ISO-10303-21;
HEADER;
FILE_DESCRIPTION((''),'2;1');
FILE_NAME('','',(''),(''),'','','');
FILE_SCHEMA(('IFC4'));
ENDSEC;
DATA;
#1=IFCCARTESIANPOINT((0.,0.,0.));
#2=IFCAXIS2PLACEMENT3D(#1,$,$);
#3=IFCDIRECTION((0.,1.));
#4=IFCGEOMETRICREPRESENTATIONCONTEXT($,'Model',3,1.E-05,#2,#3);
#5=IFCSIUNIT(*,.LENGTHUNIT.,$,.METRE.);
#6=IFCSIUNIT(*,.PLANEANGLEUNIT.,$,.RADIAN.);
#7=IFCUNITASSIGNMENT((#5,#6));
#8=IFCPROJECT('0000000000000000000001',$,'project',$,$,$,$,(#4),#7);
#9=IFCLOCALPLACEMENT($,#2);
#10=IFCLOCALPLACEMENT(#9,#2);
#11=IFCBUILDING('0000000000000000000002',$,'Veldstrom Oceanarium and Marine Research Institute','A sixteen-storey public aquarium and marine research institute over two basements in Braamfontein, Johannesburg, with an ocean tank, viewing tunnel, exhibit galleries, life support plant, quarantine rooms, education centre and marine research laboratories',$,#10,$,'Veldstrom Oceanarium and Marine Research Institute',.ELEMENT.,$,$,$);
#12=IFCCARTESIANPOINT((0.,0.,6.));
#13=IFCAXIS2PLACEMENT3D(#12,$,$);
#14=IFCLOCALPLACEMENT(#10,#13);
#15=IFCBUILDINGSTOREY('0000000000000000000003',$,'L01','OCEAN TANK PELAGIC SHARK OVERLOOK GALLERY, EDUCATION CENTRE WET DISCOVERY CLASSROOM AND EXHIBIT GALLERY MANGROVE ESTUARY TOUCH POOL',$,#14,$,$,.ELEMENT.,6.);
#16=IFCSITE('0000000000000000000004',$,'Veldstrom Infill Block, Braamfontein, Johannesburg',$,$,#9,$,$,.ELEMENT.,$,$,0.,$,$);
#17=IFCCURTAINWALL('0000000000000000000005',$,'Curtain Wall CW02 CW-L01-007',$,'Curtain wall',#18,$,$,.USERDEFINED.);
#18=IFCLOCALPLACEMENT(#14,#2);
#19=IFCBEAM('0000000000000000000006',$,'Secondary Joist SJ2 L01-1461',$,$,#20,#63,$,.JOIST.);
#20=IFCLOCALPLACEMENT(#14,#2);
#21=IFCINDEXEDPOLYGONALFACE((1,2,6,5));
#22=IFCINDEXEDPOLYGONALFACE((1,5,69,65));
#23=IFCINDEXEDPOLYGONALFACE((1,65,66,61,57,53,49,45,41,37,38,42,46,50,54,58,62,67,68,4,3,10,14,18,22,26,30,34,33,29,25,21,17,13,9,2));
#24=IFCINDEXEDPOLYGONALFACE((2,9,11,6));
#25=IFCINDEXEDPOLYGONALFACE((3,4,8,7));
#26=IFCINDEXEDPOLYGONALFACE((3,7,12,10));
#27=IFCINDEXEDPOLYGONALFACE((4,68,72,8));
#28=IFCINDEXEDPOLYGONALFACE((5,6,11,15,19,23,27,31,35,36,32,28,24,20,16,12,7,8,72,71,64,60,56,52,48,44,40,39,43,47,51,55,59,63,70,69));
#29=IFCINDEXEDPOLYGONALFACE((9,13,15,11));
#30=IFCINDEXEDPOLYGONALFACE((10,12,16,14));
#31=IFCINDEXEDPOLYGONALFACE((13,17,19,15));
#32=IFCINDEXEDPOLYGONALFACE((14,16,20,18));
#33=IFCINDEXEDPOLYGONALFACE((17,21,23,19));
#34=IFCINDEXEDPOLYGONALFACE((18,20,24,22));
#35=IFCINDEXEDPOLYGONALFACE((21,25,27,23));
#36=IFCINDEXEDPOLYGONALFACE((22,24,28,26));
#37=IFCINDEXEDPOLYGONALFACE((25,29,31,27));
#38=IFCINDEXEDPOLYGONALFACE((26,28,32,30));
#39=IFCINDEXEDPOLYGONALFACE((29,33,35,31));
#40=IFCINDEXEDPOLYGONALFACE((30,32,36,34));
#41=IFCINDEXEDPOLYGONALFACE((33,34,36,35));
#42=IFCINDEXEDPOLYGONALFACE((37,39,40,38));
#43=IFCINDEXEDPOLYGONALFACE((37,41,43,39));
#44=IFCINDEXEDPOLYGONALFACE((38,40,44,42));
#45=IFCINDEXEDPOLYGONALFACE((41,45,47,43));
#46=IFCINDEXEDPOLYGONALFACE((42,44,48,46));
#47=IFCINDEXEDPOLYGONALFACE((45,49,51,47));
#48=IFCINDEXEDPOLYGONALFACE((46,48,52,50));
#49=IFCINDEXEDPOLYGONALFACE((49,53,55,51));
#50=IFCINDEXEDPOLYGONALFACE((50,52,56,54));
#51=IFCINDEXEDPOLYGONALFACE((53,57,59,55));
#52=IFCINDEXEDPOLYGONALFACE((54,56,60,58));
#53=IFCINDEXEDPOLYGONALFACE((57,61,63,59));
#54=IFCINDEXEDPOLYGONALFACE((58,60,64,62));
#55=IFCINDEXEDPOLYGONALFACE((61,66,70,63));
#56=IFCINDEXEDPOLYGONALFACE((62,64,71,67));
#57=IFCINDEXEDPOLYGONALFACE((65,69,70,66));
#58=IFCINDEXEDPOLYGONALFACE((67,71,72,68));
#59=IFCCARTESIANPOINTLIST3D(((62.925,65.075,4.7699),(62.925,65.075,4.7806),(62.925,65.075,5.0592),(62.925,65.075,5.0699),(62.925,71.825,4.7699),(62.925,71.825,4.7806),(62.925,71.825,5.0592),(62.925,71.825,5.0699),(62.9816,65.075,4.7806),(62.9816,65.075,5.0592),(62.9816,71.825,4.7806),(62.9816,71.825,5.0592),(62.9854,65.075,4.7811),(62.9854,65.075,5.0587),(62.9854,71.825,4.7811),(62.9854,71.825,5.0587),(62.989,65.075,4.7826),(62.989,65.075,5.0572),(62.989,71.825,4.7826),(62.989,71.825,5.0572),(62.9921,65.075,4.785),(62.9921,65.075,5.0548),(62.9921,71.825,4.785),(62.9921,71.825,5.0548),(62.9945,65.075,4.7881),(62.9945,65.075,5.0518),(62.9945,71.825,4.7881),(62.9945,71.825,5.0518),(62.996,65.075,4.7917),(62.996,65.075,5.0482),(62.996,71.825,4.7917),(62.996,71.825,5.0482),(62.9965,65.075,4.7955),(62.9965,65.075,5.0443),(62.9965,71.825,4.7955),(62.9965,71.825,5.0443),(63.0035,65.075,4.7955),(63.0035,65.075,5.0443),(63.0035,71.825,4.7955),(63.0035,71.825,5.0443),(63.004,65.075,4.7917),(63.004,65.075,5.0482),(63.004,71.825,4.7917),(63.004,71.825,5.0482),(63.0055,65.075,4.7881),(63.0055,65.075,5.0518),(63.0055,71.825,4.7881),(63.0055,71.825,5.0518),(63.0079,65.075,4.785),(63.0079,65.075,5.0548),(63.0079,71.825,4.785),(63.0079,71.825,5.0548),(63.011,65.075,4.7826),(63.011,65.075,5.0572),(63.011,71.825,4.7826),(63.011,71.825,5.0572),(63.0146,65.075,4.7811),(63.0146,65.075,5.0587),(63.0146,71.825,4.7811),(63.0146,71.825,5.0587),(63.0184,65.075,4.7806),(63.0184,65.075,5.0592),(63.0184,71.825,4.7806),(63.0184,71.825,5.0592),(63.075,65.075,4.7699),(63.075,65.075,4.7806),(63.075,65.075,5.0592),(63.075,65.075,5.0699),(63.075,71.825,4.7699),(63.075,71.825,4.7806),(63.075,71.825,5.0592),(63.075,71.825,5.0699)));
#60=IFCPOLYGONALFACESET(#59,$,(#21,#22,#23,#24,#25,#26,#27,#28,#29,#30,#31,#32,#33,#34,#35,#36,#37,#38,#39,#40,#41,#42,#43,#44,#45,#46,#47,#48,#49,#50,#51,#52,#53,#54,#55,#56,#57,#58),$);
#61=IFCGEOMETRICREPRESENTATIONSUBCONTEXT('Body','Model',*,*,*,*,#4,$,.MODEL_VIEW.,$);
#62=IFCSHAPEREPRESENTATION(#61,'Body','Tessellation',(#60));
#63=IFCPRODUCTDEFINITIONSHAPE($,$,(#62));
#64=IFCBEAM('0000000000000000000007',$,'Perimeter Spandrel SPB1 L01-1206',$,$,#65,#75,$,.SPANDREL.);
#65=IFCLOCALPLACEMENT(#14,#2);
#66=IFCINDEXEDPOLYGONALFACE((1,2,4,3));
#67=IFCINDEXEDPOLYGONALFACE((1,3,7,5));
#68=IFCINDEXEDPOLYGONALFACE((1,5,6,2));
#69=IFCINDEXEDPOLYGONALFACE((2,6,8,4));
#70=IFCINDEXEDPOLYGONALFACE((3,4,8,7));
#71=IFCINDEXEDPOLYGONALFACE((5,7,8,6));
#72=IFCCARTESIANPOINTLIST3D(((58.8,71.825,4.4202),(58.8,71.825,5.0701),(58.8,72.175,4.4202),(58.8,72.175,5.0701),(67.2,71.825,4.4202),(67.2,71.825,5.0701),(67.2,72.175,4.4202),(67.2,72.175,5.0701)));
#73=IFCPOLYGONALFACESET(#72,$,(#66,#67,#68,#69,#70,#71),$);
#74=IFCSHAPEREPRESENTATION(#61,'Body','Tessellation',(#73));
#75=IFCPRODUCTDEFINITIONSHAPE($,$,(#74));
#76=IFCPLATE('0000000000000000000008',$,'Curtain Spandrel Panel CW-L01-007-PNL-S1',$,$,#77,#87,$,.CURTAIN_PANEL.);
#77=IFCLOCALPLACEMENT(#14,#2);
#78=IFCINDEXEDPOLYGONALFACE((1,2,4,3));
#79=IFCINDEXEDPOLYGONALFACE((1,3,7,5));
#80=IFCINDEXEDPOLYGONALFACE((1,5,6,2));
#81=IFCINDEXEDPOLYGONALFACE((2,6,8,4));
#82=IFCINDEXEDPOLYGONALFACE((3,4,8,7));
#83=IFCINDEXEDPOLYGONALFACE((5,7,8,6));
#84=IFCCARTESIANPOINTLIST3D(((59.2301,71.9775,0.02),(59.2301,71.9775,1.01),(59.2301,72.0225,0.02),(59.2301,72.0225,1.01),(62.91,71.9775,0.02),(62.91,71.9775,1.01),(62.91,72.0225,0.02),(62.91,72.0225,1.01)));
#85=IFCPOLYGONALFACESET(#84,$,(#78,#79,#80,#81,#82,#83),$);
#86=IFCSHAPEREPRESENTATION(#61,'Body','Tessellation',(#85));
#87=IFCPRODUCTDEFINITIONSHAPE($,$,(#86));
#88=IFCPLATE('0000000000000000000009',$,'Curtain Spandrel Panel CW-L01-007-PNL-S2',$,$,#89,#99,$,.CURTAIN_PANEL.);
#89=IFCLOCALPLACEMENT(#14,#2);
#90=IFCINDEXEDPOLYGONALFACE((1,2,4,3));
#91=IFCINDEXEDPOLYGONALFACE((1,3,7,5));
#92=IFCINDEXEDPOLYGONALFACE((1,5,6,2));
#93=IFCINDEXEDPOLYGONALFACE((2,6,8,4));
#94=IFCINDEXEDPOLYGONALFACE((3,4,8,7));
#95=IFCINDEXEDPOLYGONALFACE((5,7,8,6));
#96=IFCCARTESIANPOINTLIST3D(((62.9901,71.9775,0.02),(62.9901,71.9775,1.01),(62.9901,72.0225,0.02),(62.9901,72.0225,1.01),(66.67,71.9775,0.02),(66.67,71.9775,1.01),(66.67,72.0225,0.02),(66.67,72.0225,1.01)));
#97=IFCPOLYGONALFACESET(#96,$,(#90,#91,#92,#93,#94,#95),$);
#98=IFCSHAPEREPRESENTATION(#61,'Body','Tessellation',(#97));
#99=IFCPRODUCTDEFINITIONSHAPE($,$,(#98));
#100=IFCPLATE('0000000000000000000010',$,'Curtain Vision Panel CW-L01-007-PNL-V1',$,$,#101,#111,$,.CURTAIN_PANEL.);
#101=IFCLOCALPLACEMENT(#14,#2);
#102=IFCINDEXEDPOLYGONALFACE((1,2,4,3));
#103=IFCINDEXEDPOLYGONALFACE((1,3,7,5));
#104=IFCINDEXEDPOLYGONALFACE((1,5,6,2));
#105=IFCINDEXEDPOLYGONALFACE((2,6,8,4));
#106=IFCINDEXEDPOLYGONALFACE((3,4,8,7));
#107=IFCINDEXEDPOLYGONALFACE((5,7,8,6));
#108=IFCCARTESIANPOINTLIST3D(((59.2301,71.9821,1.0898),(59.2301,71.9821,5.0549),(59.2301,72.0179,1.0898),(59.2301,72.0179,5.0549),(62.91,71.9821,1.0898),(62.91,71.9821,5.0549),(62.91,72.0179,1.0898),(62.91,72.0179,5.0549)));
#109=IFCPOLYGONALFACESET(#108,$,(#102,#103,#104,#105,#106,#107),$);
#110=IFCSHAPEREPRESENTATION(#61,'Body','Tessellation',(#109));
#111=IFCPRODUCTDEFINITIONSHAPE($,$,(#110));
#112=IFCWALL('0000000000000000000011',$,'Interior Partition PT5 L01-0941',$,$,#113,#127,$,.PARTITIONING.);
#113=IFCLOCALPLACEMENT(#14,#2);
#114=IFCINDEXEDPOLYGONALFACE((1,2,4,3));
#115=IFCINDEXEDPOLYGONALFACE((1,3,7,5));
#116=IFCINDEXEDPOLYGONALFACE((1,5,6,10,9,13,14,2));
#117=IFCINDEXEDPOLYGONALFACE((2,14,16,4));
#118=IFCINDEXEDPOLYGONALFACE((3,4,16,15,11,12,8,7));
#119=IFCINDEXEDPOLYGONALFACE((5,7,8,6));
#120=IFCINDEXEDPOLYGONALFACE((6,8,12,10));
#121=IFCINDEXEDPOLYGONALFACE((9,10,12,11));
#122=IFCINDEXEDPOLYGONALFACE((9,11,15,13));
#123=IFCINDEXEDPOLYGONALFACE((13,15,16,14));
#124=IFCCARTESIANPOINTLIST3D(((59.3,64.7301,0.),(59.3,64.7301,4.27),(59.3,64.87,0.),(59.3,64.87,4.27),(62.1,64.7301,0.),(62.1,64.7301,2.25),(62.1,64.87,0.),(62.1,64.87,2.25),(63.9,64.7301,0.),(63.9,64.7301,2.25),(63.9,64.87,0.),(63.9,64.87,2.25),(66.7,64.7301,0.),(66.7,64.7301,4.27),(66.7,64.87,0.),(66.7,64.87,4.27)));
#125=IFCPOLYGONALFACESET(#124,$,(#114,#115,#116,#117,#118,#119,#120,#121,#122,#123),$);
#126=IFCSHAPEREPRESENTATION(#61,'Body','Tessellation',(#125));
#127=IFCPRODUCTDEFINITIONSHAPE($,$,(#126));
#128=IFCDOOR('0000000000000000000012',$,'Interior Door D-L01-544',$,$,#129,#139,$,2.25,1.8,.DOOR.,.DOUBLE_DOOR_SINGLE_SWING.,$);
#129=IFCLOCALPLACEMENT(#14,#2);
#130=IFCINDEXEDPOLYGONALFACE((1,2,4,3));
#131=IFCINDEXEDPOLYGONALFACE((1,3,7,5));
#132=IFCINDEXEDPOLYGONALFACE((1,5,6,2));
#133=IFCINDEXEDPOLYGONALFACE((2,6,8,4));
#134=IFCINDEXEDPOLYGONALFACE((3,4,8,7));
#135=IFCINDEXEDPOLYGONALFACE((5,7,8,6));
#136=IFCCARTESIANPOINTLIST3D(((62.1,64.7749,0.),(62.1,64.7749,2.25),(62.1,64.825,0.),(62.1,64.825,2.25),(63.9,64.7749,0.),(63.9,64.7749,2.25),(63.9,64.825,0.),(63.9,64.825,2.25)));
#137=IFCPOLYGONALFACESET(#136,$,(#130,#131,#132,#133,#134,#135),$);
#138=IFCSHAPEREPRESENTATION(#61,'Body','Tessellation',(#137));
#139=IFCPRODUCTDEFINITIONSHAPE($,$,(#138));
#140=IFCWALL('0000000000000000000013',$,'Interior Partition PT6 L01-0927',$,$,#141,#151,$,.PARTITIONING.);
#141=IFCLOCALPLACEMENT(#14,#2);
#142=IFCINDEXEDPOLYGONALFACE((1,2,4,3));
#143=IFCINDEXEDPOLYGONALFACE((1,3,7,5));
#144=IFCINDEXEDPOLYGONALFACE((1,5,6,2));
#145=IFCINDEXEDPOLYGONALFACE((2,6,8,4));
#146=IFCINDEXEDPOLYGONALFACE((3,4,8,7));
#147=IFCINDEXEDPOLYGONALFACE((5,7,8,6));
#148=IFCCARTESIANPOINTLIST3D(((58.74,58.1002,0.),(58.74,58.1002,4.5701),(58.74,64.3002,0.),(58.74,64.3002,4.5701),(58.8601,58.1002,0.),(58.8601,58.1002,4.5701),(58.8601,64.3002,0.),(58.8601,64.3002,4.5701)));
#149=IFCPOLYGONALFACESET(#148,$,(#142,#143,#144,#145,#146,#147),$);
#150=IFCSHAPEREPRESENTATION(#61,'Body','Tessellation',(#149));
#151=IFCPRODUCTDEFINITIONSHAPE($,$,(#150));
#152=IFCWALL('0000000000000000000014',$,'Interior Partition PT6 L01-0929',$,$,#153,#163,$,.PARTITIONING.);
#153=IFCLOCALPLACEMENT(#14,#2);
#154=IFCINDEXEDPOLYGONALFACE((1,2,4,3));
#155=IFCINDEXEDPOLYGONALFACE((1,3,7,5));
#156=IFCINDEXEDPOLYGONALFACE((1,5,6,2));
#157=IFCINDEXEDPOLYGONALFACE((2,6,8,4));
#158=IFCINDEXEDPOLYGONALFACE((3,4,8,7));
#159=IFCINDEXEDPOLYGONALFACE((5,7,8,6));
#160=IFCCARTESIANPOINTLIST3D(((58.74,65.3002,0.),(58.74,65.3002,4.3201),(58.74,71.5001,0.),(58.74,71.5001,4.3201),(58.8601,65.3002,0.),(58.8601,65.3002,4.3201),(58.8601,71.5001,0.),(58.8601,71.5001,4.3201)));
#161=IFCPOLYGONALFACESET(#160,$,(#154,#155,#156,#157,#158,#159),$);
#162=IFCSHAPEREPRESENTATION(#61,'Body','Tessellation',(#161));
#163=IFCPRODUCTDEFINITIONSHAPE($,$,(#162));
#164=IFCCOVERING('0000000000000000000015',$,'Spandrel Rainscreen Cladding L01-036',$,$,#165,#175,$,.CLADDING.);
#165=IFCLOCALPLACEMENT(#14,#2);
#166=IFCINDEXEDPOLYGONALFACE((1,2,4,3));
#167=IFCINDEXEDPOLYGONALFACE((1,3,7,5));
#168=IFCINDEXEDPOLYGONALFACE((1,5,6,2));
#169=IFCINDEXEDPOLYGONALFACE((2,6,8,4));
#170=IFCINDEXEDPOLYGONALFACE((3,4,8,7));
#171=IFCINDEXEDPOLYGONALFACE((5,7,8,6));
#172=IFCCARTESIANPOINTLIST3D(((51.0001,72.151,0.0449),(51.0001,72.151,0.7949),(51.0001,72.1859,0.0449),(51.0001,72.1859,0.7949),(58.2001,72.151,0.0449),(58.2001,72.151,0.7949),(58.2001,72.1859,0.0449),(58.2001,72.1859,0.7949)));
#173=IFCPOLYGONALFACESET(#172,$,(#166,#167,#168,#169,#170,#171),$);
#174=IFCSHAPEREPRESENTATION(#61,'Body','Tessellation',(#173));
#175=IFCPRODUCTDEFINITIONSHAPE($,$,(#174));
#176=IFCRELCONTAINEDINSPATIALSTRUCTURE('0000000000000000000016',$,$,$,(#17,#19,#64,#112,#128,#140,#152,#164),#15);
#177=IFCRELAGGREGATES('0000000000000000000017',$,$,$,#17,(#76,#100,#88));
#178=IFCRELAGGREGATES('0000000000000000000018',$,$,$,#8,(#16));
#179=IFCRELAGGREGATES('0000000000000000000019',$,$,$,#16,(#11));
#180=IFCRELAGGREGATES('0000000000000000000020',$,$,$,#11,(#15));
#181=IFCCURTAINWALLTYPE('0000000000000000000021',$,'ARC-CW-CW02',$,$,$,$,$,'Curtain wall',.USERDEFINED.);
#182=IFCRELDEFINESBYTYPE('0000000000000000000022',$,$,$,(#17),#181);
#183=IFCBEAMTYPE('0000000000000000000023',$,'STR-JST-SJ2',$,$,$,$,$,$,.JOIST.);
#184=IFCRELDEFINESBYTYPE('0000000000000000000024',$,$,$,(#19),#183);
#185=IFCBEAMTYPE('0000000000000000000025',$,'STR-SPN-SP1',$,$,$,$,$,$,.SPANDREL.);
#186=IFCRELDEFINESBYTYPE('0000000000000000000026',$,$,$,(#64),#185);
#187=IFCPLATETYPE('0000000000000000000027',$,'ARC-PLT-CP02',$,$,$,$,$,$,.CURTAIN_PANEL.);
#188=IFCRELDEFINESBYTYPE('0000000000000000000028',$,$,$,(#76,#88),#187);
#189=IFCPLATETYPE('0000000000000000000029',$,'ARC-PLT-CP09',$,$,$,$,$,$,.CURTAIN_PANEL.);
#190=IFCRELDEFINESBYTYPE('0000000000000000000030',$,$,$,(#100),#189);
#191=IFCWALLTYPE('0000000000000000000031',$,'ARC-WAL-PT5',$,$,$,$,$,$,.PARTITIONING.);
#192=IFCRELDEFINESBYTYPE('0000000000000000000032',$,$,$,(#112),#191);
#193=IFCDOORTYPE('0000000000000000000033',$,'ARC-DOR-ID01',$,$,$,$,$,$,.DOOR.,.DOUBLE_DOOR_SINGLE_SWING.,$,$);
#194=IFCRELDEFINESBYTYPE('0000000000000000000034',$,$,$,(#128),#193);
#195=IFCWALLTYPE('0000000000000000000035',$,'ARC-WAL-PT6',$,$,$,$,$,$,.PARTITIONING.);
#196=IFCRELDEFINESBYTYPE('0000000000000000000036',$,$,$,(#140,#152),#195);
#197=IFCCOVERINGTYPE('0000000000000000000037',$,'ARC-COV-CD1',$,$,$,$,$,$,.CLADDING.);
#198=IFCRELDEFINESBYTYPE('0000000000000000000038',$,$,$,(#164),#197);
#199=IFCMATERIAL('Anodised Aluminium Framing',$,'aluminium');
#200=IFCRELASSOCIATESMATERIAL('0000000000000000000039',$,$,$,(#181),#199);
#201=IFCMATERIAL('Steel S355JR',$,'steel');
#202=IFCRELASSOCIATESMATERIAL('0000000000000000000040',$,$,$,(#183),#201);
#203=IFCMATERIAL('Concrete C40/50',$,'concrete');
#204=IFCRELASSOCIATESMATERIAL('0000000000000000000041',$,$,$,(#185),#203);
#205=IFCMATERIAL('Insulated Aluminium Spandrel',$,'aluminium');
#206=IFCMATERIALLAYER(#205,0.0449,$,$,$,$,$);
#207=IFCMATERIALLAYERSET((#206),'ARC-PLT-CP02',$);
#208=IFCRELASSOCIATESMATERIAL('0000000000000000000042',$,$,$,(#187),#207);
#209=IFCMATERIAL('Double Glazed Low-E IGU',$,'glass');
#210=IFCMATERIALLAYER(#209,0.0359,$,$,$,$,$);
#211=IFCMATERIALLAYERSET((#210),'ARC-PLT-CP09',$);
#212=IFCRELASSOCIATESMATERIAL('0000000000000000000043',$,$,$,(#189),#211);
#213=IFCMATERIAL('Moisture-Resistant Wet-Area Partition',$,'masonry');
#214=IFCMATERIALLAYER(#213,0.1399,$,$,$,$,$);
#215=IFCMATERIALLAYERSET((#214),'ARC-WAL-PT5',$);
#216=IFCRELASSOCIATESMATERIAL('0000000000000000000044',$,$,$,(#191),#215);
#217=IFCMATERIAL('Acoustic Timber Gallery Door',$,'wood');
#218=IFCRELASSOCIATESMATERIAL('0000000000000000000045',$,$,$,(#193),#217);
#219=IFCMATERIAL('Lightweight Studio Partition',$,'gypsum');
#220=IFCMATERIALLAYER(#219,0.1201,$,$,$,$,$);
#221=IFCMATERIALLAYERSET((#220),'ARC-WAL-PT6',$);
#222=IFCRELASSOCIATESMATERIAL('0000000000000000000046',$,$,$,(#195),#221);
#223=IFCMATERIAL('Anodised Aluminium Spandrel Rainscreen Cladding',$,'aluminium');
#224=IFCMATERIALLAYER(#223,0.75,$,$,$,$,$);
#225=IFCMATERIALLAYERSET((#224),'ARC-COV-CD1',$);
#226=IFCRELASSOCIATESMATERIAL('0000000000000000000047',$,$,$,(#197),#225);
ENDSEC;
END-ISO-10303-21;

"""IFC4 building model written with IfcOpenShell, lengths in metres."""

from ifc_helpers import new_model, si_unit, direction, frame, frame_2d, origin, origin_2d, place, context, subcontext, project, spatial, rectangle, i_section, extrude, material, layer, layer_set, material_profile, profile_set, type_object, element, fill, aggregate, save


model = new_model("IFC4")

# Units and contexts
model_context = context("Model", 3, precision=1e-05, world=origin(), true_north=direction((0.0, 1.0)))
body_context = subcontext(model_context, "Body", "Model", "MODEL_VIEW")
ifc_project = project(units=[si_unit("LENGTHUNIT", "METRE"), si_unit("PLANEANGLEUNIT", "RADIAN")], contexts=[model_context])

# Site, building, storey
site_placement = place(None, origin())
site = spatial("IfcSite", under=ifc_project, at=site_placement, Name="Veldstrom Infill Block, Braamfontein, Johannesburg", CompositionType="ELEMENT", RefElevation=0.0)
building_placement = place(site_placement, origin())
building = spatial("IfcBuilding", under=site, at=building_placement, Name="Veldstrom Oceanarium and Marine Research Institute", Description="A sixteen-storey public aquarium and marine research institute over two basements in Braamfontein, Johannesburg, with an ocean tank, viewing tunnel, exhibit galleries, life support plant, quarantine rooms, education centre and marine research laboratories", LongName="Veldstrom Oceanarium and Marine Research Institute", CompositionType="ELEMENT")
storey_placement = place(building_placement, frame((0.0, 0.0, 6.0)))
storey = spatial("IfcBuildingStorey", under=building, at=storey_placement, Name="L01", Description="OCEAN TANK PELAGIC SHARK OVERLOOK GALLERY, EDUCATION CENTRE WET DISCOVERY CLASSROOM AND EXHIBIT GALLERY MANGROVE ESTUARY TOUCH POOL", CompositionType="ELEMENT", Elevation=6.0)

# Curtain wall
ifc_material_1 = material(Name="Anodised Aluminium Framing", Category="aluminium")
curtain_wall_type = type_object("IfcCurtainWallType", Name="ARC-CW-CW02", ElementType="Curtain wall", PredefinedType="USERDEFINED", material=ifc_material_1)
curtain_wall_placement = place(storey_placement, origin())
curtain_wall = element("IfcCurtainWall", 1, at=curtain_wall_placement, inside=storey, type_object=curtain_wall_type, Name="Curtain Wall CW02 CW-L01-007", ObjectType="Curtain wall", PredefinedType="USERDEFINED")

# Beams
ifc_material_2 = material(Name="Steel S355JR", Category="steel")
ifc_material_profile_1 = material_profile(ifc_material_2, i_section(OverallWidth=0.1499, OverallDepth=0.3, WebThickness=0.0071, FlangeThickness=0.0107, FilletRadius=0.0149, at=origin_2d()), Name="IPE 300")
ifc_profile_set_1 = profile_set([ifc_material_profile_1], Name="Steel S355JR")
beam_type_1 = type_object("IfcBeamType", Name="STR-JST-SJ2", PredefinedType="JOIST", material=ifc_profile_set_1)
beam_1_placement = place(storey_placement, frame((63.0, 65.075, 4.9199), z_axis=(0.0, 1.0, 0.0), x_axis=(-1.0, 0.0, 0.0)))
element("IfcBeam", 2, at=beam_1_placement, inside=storey, type_object=beam_type_1, Name="Secondary Joist SJ2 L01-1461", PredefinedType="JOIST", context=body_context, shape_type="SweptSolid", body=[
    extrude(i_section(OverallWidth=0.1499, OverallDepth=0.3, WebThickness=0.0071, FlangeThickness=0.0107, FilletRadius=0.0149, at=origin_2d()), origin(), (0.0, 0.0, 1.0), 6.75),
])
ifc_material_3 = material(Name="Concrete C40/50", Category="concrete")
ifc_material_profile_2 = material_profile(ifc_material_3, rectangle(XDim=0.3501, YDim=0.6499, at=origin_2d()), Name="RC-SPN-350x650")
ifc_profile_set_2 = profile_set([ifc_material_profile_2], Name="Concrete C40/50")
beam_type_2 = type_object("IfcBeamType", Name="STR-SPN-SP1", PredefinedType="SPANDREL", material=ifc_profile_set_2)
beam_2_placement = place(storey_placement, frame((58.8, 72.0, 4.7451), z_axis=(1.0, 0.0, 0.0), x_axis=(0.0, 1.0, 0.0)))
element("IfcBeam", 3, at=beam_2_placement, inside=storey, type_object=beam_type_2, Name="Perimeter Spandrel SPB1 L01-1206", PredefinedType="SPANDREL", context=body_context, shape_type="SweptSolid", body=[
    extrude(rectangle(XDim=0.3501, YDim=0.6499, at=origin_2d()), origin(), (0.0, 0.0, 1.0), 8.3999),
])

# Plates
ifc_material_4 = material(Name="Insulated Aluminium Spandrel", Category="aluminium")
ifc_layer_1 = layer(ifc_material_4, 0.0449)
ifc_layer_set_1 = layer_set([ifc_layer_1], Name="ARC-PLT-CP02")
plate_type_1 = type_object("IfcPlateType", Name="ARC-PLT-CP02", PredefinedType="CURTAIN_PANEL", material=ifc_layer_set_1)
plate_1_placement = place(storey_placement, frame((61.0701, 72.0, 0.02), z_axis=(0.0, 0.0, 1.0), x_axis=(1.0, 0.0, 0.0)))
plate_1 = element("IfcPlate", 4, at=plate_1_placement, type_object=plate_type_1, Name="Curtain Spandrel Panel CW-L01-007-PNL-S1", PredefinedType="CURTAIN_PANEL", context=body_context, shape_type="SweptSolid", body=[
    extrude(rectangle(XDim=3.6799, YDim=0.0449, at=origin_2d()), origin(), (0.0, 0.0, 1.0), 0.99),
])
plate_2_placement = place(storey_placement, frame((64.8301, 72.0, 0.02), z_axis=(0.0, 0.0, 1.0), x_axis=(1.0, 0.0, 0.0)))
plate_2 = element("IfcPlate", 5, at=plate_2_placement, type_object=plate_type_1, Name="Curtain Spandrel Panel CW-L01-007-PNL-S2", PredefinedType="CURTAIN_PANEL", context=body_context, shape_type="SweptSolid", body=[
    extrude(rectangle(XDim=3.6799, YDim=0.0449, at=origin_2d()), origin(), (0.0, 0.0, 1.0), 0.99),
])
ifc_material_5 = material(Name="Double Glazed Low-E IGU", Category="glass")
ifc_layer_2 = layer(ifc_material_5, 0.0359)
ifc_layer_set_2 = layer_set([ifc_layer_2], Name="ARC-PLT-CP09")
plate_type_2 = type_object("IfcPlateType", Name="ARC-PLT-CP09", PredefinedType="CURTAIN_PANEL", material=ifc_layer_set_2)
plate_3_placement = place(storey_placement, frame((61.0701, 72.0, 1.0898), z_axis=(0.0, 0.0, 1.0), x_axis=(1.0, 0.0, 0.0)))
plate_3 = element("IfcPlate", 6, at=plate_3_placement, type_object=plate_type_2, Name="Curtain Vision Panel CW-L01-007-PNL-V1", PredefinedType="CURTAIN_PANEL", context=body_context, shape_type="SweptSolid", body=[
    extrude(rectangle(XDim=3.6799, YDim=0.0359, at=origin_2d()), origin(), (0.0, 0.0, 1.0), 3.9651),
])
aggregate(curtain_wall, [plate_1, plate_3, plate_2])

# Wall, opening, door
ifc_material_6 = material(Name="Moisture-Resistant Wet-Area Partition", Category="masonry")
ifc_layer_3 = layer(ifc_material_6, 0.1399)
ifc_layer_set_3 = layer_set([ifc_layer_3], Name="ARC-WAL-PT5")
wall_type_1 = type_object("IfcWallType", Name="ARC-WAL-PT5", PredefinedType="PARTITIONING", material=ifc_layer_set_3)
wall_1_placement = place(storey_placement, frame((59.3, 64.8, 0.0), z_axis=(0.0, 0.0, 1.0), x_axis=(1.0, 0.0, 0.0)))
wall_1 = element("IfcWall", 7, at=wall_1_placement, inside=storey, type_object=wall_type_1, Name="Interior Partition PT5 L01-0941", PredefinedType="PARTITIONING", context=body_context, shape_type="SweptSolid", body=[
    extrude(rectangle(XDim=7.3999, YDim=0.1399, at=frame_2d((3.7, 0.0))), origin(), (0.0, 0.0, 1.0), 4.27),
])
opening_placement = place(wall_1_placement, frame((2.8, 0.0, 0.0)))
opening = element("IfcOpeningElement", 8, at=opening_placement, cuts=wall_1, PredefinedType="OPENING", context=body_context, shape_type="SweptSolid", body=[
    extrude(rectangle(XDim=1.8, YDim=2.25, at=frame_2d((0.8999, 1.125))), frame((0.0, 0.0798, 0.0), z_axis=(0.0, -1.0, 0.0), x_axis=(1.0, 0.0, 0.0)), (0.0, 0.0, 1.0), 0.1599),
])
ifc_material_7 = material(Name="Acoustic Timber Gallery Door", Category="wood")
door_type = type_object("IfcDoorType", Name="ARC-DOR-ID01", OperationType="DOUBLE_DOOR_SINGLE_SWING", PredefinedType="DOOR", material=ifc_material_7)
door_placement = place(opening_placement, origin())
door = element("IfcDoor", 9, at=door_placement, inside=storey, type_object=door_type, Name="Interior Door D-L01-544", OperationType="DOUBLE_DOOR_SINGLE_SWING", OverallHeight=2.25, OverallWidth=1.8, PredefinedType="DOOR", context=body_context, shape_type="SweptSolid", body=[
    extrude(rectangle(XDim=1.8, YDim=2.25, at=frame_2d((0.8999, 1.125))), frame((0.0, 0.0249, 0.0), z_axis=(0.0, -1.0, 0.0), x_axis=(1.0, 0.0, 0.0)), (0.0, 0.0, 1.0), 0.05),
])
fill(opening, door)

# Walls
ifc_material_8 = material(Name="Lightweight Studio Partition", Category="gypsum")
ifc_layer_4 = layer(ifc_material_8, 0.1201)
ifc_layer_set_4 = layer_set([ifc_layer_4], Name="ARC-WAL-PT6")
wall_type_2 = type_object("IfcWallType", Name="ARC-WAL-PT6", PredefinedType="PARTITIONING", material=ifc_layer_set_4)
wall_2_placement = place(storey_placement, frame((58.8, 58.1001, 0.0), z_axis=(0.0, 0.0, 1.0), x_axis=(0.0, 1.0, 0.0)))
element("IfcWall", 10, at=wall_2_placement, inside=storey, type_object=wall_type_2, Name="Interior Partition PT6 L01-0927", PredefinedType="PARTITIONING", context=body_context, shape_type="SweptSolid", body=[
    extrude(rectangle(XDim=6.2, YDim=0.1201, at=frame_2d((3.1001, 0.0))), origin(), (0.0, 0.0, 1.0), 4.5701),
])
wall_3_placement = place(storey_placement, frame((58.8, 65.3, 0.0), z_axis=(0.0, 0.0, 1.0), x_axis=(0.0, 1.0, 0.0)))
element("IfcWall", 11, at=wall_3_placement, inside=storey, type_object=wall_type_2, Name="Interior Partition PT6 L01-0929", PredefinedType="PARTITIONING", context=body_context, shape_type="SweptSolid", body=[
    extrude(rectangle(XDim=6.2, YDim=0.1201, at=frame_2d((3.1001, 0.0))), origin(), (0.0, 0.0, 1.0), 4.3201),
])

# Covering
ifc_material_9 = material(Name="Anodised Aluminium Spandrel Rainscreen Cladding", Category="aluminium")
ifc_layer_5 = layer(ifc_material_9, 0.75)
ifc_layer_set_5 = layer_set([ifc_layer_5], Name="ARC-COV-CD1")
covering_type = type_object("IfcCoveringType", Name="ARC-COV-CD1", PredefinedType="CLADDING", material=ifc_layer_set_5)
covering_placement = place(storey_placement, frame((54.6001, 72.1685, 0.0449), z_axis=(0.0, 0.0, 1.0), x_axis=(1.0, 0.0, 0.0)))
element("IfcCovering", 12, at=covering_placement, inside=storey, type_object=covering_type, Name="Spandrel Rainscreen Cladding L01-036", PredefinedType="CLADDING", context=body_context, shape_type="SweptSolid", body=[
    extrude(rectangle(XDim=7.2, YDim=0.0349, at=origin_2d()), origin(), (0.0, 0.0, 1.0), 0.75),
])

save(model, "model.ifc")
